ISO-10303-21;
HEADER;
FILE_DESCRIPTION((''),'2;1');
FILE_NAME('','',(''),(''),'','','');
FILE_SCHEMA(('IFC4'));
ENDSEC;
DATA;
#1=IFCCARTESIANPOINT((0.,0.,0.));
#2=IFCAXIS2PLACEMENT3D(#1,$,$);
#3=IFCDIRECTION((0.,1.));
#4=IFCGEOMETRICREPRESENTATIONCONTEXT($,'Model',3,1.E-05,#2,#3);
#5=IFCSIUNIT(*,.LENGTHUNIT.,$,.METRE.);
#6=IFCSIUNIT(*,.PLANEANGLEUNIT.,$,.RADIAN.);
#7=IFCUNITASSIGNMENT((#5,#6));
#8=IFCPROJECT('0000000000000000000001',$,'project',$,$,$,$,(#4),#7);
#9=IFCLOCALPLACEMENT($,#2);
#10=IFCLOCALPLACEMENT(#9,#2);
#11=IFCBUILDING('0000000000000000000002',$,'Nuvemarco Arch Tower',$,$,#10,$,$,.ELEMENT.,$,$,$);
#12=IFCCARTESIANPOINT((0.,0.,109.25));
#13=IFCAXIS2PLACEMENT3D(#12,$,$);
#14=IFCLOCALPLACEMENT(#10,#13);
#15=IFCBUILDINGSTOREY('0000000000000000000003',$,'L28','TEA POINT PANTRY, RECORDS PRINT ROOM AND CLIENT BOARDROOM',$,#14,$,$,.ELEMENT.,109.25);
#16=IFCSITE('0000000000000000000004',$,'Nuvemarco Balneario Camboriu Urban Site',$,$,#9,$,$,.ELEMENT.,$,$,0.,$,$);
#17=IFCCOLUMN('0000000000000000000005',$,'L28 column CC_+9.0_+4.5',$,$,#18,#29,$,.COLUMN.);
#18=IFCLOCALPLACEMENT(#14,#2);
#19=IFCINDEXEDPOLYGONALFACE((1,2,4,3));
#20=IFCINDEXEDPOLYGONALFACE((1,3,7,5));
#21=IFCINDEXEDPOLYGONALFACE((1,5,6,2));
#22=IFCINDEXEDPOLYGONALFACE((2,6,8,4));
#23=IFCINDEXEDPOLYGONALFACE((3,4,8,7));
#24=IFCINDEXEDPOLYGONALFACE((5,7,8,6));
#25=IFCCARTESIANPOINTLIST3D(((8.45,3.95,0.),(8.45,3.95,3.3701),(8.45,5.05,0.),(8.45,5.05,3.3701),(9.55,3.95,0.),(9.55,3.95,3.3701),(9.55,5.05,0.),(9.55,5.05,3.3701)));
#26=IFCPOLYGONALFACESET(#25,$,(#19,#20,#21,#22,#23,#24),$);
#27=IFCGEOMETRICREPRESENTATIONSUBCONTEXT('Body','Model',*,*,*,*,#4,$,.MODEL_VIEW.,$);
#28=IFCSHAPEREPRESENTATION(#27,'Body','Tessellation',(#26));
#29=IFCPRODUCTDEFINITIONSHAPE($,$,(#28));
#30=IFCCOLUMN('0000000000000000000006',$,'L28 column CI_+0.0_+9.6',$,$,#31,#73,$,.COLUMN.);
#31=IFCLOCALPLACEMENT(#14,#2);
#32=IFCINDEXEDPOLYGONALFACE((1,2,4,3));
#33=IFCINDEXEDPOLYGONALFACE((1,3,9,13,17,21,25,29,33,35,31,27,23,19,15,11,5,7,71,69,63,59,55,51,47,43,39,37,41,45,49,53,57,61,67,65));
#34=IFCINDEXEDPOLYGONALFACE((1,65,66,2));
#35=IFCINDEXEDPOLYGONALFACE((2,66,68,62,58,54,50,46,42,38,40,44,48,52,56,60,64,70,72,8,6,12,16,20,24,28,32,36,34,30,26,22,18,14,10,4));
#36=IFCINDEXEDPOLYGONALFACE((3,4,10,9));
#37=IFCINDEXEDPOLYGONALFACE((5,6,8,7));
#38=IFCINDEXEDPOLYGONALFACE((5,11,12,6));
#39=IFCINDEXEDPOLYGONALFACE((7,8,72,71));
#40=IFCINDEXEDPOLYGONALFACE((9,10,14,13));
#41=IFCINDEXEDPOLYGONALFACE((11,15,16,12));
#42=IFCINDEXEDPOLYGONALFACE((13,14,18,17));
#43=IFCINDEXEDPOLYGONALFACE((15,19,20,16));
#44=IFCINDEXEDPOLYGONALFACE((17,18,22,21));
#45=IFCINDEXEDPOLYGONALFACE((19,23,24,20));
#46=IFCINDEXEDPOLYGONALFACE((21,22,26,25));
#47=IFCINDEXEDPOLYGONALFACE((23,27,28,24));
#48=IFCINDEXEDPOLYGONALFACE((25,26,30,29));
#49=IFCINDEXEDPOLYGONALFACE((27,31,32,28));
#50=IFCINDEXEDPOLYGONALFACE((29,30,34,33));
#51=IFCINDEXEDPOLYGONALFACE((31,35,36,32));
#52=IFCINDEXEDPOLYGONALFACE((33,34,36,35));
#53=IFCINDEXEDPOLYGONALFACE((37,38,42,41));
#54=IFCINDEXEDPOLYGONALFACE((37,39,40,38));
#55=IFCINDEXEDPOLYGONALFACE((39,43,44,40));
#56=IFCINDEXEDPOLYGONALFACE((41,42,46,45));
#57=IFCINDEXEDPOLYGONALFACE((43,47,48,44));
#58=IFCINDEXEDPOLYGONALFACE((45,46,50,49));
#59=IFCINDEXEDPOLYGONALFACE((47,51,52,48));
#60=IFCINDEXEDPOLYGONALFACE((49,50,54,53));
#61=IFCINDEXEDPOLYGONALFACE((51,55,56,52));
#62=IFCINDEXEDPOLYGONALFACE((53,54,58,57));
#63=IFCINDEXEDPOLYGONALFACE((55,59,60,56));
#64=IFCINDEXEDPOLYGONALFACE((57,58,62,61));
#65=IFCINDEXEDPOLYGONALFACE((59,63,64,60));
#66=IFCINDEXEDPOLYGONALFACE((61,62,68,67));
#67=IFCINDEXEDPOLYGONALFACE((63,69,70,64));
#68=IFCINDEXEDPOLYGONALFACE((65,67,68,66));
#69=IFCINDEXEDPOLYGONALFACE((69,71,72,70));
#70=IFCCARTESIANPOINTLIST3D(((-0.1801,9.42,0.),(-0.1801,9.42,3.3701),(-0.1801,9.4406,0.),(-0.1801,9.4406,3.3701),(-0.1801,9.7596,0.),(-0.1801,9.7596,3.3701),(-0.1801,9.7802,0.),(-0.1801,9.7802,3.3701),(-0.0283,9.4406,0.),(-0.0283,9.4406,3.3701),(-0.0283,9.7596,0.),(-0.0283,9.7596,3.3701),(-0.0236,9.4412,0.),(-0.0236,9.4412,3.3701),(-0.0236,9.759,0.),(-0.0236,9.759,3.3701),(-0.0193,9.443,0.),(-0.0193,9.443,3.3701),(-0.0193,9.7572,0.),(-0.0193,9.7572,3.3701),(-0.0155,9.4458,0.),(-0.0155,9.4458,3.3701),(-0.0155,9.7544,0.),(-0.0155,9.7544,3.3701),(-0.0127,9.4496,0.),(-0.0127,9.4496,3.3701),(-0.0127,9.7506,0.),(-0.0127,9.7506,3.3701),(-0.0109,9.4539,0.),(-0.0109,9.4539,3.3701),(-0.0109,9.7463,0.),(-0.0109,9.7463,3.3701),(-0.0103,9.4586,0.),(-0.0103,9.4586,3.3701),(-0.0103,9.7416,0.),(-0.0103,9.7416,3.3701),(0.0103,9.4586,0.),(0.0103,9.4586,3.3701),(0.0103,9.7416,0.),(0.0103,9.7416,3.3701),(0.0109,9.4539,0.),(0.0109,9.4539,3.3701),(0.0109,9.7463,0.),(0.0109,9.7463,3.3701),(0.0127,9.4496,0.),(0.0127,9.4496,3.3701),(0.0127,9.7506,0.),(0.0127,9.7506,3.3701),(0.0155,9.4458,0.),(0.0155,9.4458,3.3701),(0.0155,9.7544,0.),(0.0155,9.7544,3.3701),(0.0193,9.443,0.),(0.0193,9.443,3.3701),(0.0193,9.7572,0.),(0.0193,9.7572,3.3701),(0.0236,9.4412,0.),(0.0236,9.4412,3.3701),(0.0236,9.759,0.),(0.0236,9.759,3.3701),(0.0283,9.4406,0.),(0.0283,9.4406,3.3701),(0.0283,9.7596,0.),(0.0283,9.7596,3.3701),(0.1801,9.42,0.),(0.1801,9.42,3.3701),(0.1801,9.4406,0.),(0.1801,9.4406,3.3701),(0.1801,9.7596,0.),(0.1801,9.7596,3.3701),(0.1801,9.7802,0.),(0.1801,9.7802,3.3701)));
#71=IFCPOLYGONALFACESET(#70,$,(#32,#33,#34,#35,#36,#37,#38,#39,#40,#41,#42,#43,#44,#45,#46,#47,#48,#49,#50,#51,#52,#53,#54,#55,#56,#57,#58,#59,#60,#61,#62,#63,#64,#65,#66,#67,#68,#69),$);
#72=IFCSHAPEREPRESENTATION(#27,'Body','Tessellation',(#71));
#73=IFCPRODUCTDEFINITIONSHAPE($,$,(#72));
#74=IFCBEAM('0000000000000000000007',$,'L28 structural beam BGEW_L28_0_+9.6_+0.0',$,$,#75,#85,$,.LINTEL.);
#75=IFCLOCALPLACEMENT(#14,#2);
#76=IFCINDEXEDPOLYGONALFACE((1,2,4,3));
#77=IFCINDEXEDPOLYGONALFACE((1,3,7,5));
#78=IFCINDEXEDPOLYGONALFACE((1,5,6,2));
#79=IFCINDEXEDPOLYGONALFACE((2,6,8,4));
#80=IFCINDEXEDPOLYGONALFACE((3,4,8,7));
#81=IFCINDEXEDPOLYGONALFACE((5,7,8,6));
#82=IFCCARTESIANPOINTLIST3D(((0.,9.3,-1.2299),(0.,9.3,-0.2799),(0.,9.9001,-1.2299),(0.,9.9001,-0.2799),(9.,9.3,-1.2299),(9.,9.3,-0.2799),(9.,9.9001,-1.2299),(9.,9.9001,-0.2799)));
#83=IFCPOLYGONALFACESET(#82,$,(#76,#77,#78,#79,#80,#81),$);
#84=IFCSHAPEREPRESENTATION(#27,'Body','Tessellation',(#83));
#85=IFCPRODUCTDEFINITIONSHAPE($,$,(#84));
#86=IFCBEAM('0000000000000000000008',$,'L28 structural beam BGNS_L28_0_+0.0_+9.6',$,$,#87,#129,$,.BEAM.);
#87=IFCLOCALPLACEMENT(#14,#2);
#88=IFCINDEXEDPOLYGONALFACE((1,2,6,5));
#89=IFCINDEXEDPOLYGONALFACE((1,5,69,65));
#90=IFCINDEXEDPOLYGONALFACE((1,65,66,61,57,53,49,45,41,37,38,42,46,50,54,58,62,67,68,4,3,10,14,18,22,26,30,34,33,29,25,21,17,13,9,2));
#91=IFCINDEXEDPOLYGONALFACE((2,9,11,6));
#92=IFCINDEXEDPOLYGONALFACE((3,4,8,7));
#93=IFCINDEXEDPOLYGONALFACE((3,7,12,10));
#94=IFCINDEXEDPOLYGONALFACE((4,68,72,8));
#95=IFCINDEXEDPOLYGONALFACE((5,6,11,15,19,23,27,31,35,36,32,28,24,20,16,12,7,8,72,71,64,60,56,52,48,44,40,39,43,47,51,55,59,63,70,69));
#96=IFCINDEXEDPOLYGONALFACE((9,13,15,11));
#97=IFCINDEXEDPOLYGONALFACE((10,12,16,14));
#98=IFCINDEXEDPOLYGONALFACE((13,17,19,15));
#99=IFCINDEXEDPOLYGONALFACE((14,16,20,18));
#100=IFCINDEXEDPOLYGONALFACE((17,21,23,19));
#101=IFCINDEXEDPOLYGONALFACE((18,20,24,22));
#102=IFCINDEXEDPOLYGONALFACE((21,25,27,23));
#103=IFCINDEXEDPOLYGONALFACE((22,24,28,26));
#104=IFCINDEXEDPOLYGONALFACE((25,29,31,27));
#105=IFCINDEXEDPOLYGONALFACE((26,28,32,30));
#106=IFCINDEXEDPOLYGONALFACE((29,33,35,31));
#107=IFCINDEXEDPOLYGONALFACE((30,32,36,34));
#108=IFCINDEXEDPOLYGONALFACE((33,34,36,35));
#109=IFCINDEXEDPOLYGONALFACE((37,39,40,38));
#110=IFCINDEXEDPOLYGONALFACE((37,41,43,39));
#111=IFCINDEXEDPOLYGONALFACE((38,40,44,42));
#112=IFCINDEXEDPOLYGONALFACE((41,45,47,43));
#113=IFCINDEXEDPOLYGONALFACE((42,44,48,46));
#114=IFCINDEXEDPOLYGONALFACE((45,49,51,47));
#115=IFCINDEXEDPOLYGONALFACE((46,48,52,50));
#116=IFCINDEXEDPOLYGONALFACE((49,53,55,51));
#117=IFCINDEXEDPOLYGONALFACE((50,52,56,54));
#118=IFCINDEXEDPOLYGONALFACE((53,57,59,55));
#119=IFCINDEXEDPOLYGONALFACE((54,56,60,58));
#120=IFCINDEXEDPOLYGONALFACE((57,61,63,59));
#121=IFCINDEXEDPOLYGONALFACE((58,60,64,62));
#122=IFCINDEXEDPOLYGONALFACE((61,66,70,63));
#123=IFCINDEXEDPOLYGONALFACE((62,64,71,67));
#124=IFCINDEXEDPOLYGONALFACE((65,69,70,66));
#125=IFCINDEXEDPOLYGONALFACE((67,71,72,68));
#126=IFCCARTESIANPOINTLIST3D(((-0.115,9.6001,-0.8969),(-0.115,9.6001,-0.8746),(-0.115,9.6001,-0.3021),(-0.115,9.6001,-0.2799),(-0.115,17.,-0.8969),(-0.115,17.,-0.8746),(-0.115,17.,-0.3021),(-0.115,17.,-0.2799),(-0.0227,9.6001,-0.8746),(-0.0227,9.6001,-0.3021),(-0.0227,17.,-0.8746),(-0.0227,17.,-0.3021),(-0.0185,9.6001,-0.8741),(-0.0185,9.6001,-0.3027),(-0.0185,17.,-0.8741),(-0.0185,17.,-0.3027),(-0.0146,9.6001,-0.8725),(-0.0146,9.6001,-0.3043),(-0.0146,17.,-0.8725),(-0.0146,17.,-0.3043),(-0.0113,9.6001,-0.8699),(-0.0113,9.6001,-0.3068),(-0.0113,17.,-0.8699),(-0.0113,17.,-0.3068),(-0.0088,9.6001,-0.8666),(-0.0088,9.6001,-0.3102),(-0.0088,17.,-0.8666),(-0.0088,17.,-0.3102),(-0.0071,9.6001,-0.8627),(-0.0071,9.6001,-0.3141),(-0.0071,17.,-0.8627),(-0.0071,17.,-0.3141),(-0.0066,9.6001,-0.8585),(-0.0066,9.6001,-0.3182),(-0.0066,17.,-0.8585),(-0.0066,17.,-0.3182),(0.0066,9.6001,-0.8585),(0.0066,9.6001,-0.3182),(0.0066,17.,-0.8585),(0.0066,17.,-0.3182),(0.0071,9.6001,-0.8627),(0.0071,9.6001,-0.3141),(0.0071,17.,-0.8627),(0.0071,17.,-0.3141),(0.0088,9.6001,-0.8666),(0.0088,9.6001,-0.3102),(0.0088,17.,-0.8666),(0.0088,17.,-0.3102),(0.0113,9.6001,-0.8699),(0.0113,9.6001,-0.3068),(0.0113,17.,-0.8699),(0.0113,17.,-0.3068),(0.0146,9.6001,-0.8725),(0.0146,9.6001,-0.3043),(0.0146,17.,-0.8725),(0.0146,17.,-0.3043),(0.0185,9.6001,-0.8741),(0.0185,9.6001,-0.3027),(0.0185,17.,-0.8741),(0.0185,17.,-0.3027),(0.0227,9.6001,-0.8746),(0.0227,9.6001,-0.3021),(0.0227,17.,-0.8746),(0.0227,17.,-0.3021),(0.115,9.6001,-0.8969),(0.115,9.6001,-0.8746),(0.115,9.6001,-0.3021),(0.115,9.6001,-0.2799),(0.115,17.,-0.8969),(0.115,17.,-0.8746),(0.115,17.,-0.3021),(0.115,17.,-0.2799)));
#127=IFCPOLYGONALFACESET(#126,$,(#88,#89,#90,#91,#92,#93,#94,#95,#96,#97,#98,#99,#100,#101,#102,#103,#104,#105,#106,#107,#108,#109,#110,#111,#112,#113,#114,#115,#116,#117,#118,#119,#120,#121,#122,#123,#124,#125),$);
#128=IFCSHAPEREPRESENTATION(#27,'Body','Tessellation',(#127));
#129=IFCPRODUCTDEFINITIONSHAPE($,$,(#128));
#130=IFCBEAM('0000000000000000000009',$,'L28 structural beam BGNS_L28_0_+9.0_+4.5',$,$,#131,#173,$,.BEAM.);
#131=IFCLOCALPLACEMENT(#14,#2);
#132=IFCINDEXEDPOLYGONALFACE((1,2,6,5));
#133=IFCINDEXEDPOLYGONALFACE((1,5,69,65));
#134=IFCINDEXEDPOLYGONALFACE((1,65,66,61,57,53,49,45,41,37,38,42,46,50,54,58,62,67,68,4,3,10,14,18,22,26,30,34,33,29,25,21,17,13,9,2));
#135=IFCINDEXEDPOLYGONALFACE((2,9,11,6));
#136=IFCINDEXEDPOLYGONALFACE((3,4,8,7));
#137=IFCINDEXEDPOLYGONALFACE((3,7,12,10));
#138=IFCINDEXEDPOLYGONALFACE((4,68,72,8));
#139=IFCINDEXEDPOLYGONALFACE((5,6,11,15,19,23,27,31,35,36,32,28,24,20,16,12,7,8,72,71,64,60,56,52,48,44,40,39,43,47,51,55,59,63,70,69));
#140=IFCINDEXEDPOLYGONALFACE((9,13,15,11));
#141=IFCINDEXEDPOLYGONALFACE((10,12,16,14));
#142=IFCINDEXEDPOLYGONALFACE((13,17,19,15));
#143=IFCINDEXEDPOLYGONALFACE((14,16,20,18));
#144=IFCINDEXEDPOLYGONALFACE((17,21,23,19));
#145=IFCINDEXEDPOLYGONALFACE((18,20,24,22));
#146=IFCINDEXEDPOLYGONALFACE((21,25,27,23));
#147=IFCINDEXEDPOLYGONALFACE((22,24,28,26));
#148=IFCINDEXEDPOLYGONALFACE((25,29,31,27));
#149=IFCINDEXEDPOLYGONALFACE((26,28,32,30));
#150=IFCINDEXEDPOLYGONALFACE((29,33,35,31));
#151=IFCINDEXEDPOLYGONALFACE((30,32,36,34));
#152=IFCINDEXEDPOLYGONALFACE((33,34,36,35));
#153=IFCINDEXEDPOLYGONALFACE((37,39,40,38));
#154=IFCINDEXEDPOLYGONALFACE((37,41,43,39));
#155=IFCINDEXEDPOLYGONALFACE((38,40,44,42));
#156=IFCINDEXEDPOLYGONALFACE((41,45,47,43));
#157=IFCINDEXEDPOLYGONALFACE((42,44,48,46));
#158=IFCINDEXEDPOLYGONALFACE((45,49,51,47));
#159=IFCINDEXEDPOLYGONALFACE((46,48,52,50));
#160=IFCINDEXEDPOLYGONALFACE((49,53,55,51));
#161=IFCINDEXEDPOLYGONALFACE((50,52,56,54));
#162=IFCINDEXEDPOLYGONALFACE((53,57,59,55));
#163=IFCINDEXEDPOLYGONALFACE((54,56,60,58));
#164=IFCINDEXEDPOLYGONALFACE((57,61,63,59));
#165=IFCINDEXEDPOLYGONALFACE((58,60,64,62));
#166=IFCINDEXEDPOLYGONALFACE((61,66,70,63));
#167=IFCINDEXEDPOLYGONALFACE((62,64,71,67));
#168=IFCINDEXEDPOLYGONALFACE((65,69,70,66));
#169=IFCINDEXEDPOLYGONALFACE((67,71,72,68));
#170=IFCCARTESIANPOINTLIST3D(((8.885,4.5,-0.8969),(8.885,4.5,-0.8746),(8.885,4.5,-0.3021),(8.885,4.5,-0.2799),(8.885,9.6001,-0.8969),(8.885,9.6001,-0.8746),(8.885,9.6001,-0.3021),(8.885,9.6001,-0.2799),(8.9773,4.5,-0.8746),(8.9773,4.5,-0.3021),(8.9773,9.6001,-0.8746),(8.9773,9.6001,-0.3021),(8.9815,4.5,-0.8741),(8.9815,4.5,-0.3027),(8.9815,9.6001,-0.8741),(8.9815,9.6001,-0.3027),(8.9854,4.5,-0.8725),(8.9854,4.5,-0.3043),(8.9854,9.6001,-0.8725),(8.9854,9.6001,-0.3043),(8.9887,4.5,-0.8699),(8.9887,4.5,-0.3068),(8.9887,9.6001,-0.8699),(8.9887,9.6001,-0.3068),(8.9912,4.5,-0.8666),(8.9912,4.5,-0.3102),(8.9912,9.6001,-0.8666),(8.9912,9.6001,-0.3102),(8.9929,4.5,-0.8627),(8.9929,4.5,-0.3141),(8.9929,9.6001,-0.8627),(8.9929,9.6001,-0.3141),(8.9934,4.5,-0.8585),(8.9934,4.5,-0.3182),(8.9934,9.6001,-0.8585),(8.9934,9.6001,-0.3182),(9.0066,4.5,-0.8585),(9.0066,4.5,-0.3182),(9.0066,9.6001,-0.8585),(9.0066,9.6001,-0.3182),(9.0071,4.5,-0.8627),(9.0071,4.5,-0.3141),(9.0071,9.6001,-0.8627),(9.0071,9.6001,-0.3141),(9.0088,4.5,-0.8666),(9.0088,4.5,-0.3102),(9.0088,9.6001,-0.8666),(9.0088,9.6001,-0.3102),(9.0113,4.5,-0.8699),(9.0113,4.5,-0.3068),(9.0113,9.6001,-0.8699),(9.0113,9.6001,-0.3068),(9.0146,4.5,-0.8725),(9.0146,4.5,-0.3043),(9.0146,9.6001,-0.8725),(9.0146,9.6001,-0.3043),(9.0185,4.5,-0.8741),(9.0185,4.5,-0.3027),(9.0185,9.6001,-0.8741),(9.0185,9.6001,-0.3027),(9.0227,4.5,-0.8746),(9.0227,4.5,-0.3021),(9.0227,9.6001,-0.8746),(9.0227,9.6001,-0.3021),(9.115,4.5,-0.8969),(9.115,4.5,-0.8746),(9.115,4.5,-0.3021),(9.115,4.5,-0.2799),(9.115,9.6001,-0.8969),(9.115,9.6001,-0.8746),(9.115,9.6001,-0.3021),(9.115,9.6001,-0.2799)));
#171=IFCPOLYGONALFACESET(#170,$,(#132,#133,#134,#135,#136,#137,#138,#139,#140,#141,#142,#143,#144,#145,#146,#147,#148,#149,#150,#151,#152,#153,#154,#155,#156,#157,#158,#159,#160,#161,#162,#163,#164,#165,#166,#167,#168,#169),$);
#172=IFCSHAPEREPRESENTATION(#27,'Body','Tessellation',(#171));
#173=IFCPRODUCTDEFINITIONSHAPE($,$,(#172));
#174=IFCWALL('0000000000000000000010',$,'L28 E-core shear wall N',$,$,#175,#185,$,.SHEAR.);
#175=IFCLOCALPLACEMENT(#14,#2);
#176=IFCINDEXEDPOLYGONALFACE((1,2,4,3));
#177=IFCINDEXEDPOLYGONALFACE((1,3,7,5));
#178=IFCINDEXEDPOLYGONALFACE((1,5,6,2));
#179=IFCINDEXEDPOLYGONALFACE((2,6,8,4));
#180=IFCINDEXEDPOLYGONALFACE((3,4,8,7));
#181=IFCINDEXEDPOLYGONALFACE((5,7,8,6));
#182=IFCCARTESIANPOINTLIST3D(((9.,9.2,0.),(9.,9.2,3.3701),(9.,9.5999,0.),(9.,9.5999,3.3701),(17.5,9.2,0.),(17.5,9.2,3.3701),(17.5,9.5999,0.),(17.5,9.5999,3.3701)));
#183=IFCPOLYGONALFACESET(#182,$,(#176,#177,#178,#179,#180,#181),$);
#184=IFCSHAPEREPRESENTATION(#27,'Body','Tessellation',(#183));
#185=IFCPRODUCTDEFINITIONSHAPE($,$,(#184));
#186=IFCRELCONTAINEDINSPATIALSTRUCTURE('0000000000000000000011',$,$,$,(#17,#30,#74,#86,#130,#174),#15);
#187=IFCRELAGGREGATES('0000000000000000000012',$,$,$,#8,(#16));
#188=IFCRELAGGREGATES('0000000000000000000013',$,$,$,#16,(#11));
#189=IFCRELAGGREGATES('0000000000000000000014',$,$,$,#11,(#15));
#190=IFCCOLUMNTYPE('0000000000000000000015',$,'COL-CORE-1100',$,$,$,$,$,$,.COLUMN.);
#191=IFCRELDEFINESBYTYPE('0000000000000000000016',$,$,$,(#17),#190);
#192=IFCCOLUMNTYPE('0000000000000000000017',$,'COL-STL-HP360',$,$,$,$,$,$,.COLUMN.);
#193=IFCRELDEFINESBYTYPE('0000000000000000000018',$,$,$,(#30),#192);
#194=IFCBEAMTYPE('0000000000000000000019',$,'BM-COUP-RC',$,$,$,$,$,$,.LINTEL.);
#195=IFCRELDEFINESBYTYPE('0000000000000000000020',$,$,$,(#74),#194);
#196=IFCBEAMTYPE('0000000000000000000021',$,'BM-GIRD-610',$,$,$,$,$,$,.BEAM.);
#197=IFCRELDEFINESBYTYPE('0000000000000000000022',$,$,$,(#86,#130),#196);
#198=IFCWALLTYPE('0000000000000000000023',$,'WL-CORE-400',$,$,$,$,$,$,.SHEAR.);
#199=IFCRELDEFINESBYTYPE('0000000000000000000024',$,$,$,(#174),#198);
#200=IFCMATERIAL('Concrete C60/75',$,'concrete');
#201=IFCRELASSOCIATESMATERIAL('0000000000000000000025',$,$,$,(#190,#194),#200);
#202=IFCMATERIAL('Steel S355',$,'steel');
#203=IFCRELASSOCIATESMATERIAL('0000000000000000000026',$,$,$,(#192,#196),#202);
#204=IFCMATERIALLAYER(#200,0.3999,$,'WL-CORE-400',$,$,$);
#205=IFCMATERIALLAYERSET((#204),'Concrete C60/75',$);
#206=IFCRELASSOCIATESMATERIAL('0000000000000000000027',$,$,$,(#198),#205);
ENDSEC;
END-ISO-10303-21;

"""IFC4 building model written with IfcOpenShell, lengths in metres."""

from ifc_helpers import new_model, si_unit, direction, frame, frame_2d, origin, origin_2d, place, context, subcontext, project, spatial, rectangle, i_section, extrude, material, layer, layer_set, material_profile, profile_set, type_object, element, save


model = new_model("IFC4")

# Units and contexts
model_context = context("Model", 3, precision=1e-05, world=origin(), true_north=direction((0.0, 1.0)))
body_context = subcontext(model_context, "Body", "Model", "MODEL_VIEW")
ifc_project = project(units=[si_unit("LENGTHUNIT", "METRE"), si_unit("PLANEANGLEUNIT", "RADIAN")], contexts=[model_context])

# Site, building, storey
site_placement = place(None, origin())
site = spatial("IfcSite", under=ifc_project, at=site_placement, Name="Nuvemarco Balneario Camboriu Urban Site", CompositionType="ELEMENT", RefElevation=0.0)
building_placement = place(site_placement, origin())
building = spatial("IfcBuilding", under=site, at=building_placement, Name="Nuvemarco Arch Tower", CompositionType="ELEMENT")
storey_placement = place(building_placement, frame((0.0, 0.0, 109.25)))
storey = spatial("IfcBuildingStorey", under=building, at=storey_placement, Name="L28", Description="TEA POINT PANTRY, RECORDS PRINT ROOM AND CLIENT BOARDROOM", CompositionType="ELEMENT", Elevation=109.25)

# Columns
ifc_material_1 = material(Name="Concrete C60/75", Category="concrete")
ifc_material_profile_1 = material_profile(ifc_material_1, rectangle(XDim=1.1001, YDim=1.1001, at=origin_2d()), Name="RC-COL-1100x1100")
ifc_profile_set_1 = profile_set([ifc_material_profile_1], Name="Concrete C60/75")
column_type_1 = type_object("IfcColumnType", Name="COL-CORE-1100", PredefinedType="COLUMN", material=ifc_profile_set_1)
column_1_placement = place(storey_placement, frame((9.0, 4.5, 0.0), z_axis=(0.0, 0.0, 1.0), x_axis=(1.0, 0.0, 0.0)))
element("IfcColumn", 1, at=column_1_placement, inside=storey, type_object=column_type_1, Name="L28 column CC_+9.0_+4.5", PredefinedType="COLUMN", context=body_context, shape_type="SweptSolid", body=[
    extrude(rectangle(XDim=1.1001, YDim=1.1001, at=origin_2d()), origin(), (0.0, 0.0, 1.0), 3.3701),
])
ifc_material_2 = material(Name="Steel S355", Category="steel")
ifc_material_profile_2 = material_profile(ifc_material_2, i_section(OverallWidth=0.3601, OverallDepth=0.3601, WebThickness=0.0205, FlangeThickness=0.0205, FilletRadius=0.0181, at=origin_2d()), Name="HP360x174")
ifc_profile_set_2 = profile_set([ifc_material_profile_2], Name="Steel S355")
column_type_2 = type_object("IfcColumnType", Name="COL-STL-HP360", PredefinedType="COLUMN", material=ifc_profile_set_2)
column_2_placement = place(storey_placement, frame((0.0, 9.6001, 0.0), z_axis=(0.0, 0.0, 1.0), x_axis=(1.0, 0.0, 0.0)))
element("IfcColumn", 2, at=column_2_placement, inside=storey, type_object=column_type_2, Name="L28 column CI_+0.0_+9.6", PredefinedType="COLUMN", context=body_context, shape_type="SweptSolid", body=[
    extrude(i_section(OverallWidth=0.3601, OverallDepth=0.3601, WebThickness=0.0205, FlangeThickness=0.0205, FilletRadius=0.0181, at=origin_2d()), origin(), (0.0, 0.0, 1.0), 3.3701),
])

# Beams
ifc_material_profile_3 = material_profile(ifc_material_1, rectangle(XDim=0.6001, YDim=0.95, at=origin_2d()), Name="RC-BM-600x950")
ifc_profile_set_3 = profile_set([ifc_material_profile_3], Name="Concrete C60/75")
beam_type_1 = type_object("IfcBeamType", Name="BM-COUP-RC", PredefinedType="LINTEL", material=ifc_profile_set_3)
beam_1_placement = place(storey_placement, frame((0.0, 9.6001, -0.7549), z_axis=(1.0, 0.0, 0.0), x_axis=(0.0, 1.0, 0.0)))
element("IfcBeam", 3, at=beam_1_placement, inside=storey, type_object=beam_type_1, Name="L28 structural beam BGEW_L28_0_+9.6_+0.0", PredefinedType="LINTEL", context=body_context, shape_type="SweptSolid", body=[
    extrude(rectangle(XDim=0.6001, YDim=0.95, at=origin_2d()), origin(), (0.0, 0.0, 1.0), 9.0),
])
ifc_material_profile_4 = material_profile(ifc_material_2, i_section(OverallWidth=0.23, OverallDepth=0.6169, WebThickness=0.0132, FlangeThickness=0.0222, FilletRadius=0.0161, at=origin_2d()), Name="W610x140")
ifc_profile_set_4 = profile_set([ifc_material_profile_4], Name="Steel S355")
beam_type_2 = type_object("IfcBeamType", Name="BM-GIRD-610", PredefinedType="BEAM", material=ifc_profile_set_4)
beam_2_placement = place(storey_placement, frame((0.0, 9.6001, -0.5884), z_axis=(0.0, 1.0, 0.0), x_axis=(-1.0, 0.0, 0.0)))
element("IfcBeam", 4, at=beam_2_placement, inside=storey, type_object=beam_type_2, Name="L28 structural beam BGNS_L28_0_+0.0_+9.6", PredefinedType="BEAM", context=body_context, shape_type="SweptSolid", body=[
    extrude(i_section(OverallWidth=0.23, OverallDepth=0.6169, WebThickness=0.0132, FlangeThickness=0.0222, FilletRadius=0.0161, at=origin_2d()), origin(), (0.0, 0.0, 1.0), 7.3999),
])
beam_3_placement = place(storey_placement, frame((9.0, 4.5, -0.5884), z_axis=(0.0, 1.0, 0.0), x_axis=(-1.0, 0.0, 0.0)))
element("IfcBeam", 5, at=beam_3_placement, inside=storey, type_object=beam_type_2, Name="L28 structural beam BGNS_L28_0_+9.0_+4.5", PredefinedType="BEAM", context=body_context, shape_type="SweptSolid", body=[
    extrude(i_section(OverallWidth=0.23, OverallDepth=0.6169, WebThickness=0.0132, FlangeThickness=0.0222, FilletRadius=0.0161, at=origin_2d()), origin(), (0.0, 0.0, 1.0), 5.1001),
])

# Wall
ifc_layer_1 = layer(ifc_material_1, 0.3999, Name="WL-CORE-400")
ifc_layer_set_1 = layer_set([ifc_layer_1], Name="Concrete C60/75")
wall_type_1 = type_object("IfcWallType", Name="WL-CORE-400", PredefinedType="SHEAR", material=ifc_layer_set_1)
wall_1_placement = place(storey_placement, frame((9.0, 9.3999, 0.0), z_axis=(0.0, 0.0, 1.0), x_axis=(1.0, 0.0, 0.0)))
element("IfcWall", 6, at=wall_1_placement, inside=storey, type_object=wall_type_1, Name="L28 E-core shear wall N", PredefinedType="SHEAR", context=body_context, shape_type="SweptSolid", body=[
    extrude(rectangle(XDim=8.5, YDim=0.3999, at=frame_2d((4.25, 0.0))), origin(), (0.0, 0.0, 1.0), 3.3701),
])

save(model, "model.ifc")
